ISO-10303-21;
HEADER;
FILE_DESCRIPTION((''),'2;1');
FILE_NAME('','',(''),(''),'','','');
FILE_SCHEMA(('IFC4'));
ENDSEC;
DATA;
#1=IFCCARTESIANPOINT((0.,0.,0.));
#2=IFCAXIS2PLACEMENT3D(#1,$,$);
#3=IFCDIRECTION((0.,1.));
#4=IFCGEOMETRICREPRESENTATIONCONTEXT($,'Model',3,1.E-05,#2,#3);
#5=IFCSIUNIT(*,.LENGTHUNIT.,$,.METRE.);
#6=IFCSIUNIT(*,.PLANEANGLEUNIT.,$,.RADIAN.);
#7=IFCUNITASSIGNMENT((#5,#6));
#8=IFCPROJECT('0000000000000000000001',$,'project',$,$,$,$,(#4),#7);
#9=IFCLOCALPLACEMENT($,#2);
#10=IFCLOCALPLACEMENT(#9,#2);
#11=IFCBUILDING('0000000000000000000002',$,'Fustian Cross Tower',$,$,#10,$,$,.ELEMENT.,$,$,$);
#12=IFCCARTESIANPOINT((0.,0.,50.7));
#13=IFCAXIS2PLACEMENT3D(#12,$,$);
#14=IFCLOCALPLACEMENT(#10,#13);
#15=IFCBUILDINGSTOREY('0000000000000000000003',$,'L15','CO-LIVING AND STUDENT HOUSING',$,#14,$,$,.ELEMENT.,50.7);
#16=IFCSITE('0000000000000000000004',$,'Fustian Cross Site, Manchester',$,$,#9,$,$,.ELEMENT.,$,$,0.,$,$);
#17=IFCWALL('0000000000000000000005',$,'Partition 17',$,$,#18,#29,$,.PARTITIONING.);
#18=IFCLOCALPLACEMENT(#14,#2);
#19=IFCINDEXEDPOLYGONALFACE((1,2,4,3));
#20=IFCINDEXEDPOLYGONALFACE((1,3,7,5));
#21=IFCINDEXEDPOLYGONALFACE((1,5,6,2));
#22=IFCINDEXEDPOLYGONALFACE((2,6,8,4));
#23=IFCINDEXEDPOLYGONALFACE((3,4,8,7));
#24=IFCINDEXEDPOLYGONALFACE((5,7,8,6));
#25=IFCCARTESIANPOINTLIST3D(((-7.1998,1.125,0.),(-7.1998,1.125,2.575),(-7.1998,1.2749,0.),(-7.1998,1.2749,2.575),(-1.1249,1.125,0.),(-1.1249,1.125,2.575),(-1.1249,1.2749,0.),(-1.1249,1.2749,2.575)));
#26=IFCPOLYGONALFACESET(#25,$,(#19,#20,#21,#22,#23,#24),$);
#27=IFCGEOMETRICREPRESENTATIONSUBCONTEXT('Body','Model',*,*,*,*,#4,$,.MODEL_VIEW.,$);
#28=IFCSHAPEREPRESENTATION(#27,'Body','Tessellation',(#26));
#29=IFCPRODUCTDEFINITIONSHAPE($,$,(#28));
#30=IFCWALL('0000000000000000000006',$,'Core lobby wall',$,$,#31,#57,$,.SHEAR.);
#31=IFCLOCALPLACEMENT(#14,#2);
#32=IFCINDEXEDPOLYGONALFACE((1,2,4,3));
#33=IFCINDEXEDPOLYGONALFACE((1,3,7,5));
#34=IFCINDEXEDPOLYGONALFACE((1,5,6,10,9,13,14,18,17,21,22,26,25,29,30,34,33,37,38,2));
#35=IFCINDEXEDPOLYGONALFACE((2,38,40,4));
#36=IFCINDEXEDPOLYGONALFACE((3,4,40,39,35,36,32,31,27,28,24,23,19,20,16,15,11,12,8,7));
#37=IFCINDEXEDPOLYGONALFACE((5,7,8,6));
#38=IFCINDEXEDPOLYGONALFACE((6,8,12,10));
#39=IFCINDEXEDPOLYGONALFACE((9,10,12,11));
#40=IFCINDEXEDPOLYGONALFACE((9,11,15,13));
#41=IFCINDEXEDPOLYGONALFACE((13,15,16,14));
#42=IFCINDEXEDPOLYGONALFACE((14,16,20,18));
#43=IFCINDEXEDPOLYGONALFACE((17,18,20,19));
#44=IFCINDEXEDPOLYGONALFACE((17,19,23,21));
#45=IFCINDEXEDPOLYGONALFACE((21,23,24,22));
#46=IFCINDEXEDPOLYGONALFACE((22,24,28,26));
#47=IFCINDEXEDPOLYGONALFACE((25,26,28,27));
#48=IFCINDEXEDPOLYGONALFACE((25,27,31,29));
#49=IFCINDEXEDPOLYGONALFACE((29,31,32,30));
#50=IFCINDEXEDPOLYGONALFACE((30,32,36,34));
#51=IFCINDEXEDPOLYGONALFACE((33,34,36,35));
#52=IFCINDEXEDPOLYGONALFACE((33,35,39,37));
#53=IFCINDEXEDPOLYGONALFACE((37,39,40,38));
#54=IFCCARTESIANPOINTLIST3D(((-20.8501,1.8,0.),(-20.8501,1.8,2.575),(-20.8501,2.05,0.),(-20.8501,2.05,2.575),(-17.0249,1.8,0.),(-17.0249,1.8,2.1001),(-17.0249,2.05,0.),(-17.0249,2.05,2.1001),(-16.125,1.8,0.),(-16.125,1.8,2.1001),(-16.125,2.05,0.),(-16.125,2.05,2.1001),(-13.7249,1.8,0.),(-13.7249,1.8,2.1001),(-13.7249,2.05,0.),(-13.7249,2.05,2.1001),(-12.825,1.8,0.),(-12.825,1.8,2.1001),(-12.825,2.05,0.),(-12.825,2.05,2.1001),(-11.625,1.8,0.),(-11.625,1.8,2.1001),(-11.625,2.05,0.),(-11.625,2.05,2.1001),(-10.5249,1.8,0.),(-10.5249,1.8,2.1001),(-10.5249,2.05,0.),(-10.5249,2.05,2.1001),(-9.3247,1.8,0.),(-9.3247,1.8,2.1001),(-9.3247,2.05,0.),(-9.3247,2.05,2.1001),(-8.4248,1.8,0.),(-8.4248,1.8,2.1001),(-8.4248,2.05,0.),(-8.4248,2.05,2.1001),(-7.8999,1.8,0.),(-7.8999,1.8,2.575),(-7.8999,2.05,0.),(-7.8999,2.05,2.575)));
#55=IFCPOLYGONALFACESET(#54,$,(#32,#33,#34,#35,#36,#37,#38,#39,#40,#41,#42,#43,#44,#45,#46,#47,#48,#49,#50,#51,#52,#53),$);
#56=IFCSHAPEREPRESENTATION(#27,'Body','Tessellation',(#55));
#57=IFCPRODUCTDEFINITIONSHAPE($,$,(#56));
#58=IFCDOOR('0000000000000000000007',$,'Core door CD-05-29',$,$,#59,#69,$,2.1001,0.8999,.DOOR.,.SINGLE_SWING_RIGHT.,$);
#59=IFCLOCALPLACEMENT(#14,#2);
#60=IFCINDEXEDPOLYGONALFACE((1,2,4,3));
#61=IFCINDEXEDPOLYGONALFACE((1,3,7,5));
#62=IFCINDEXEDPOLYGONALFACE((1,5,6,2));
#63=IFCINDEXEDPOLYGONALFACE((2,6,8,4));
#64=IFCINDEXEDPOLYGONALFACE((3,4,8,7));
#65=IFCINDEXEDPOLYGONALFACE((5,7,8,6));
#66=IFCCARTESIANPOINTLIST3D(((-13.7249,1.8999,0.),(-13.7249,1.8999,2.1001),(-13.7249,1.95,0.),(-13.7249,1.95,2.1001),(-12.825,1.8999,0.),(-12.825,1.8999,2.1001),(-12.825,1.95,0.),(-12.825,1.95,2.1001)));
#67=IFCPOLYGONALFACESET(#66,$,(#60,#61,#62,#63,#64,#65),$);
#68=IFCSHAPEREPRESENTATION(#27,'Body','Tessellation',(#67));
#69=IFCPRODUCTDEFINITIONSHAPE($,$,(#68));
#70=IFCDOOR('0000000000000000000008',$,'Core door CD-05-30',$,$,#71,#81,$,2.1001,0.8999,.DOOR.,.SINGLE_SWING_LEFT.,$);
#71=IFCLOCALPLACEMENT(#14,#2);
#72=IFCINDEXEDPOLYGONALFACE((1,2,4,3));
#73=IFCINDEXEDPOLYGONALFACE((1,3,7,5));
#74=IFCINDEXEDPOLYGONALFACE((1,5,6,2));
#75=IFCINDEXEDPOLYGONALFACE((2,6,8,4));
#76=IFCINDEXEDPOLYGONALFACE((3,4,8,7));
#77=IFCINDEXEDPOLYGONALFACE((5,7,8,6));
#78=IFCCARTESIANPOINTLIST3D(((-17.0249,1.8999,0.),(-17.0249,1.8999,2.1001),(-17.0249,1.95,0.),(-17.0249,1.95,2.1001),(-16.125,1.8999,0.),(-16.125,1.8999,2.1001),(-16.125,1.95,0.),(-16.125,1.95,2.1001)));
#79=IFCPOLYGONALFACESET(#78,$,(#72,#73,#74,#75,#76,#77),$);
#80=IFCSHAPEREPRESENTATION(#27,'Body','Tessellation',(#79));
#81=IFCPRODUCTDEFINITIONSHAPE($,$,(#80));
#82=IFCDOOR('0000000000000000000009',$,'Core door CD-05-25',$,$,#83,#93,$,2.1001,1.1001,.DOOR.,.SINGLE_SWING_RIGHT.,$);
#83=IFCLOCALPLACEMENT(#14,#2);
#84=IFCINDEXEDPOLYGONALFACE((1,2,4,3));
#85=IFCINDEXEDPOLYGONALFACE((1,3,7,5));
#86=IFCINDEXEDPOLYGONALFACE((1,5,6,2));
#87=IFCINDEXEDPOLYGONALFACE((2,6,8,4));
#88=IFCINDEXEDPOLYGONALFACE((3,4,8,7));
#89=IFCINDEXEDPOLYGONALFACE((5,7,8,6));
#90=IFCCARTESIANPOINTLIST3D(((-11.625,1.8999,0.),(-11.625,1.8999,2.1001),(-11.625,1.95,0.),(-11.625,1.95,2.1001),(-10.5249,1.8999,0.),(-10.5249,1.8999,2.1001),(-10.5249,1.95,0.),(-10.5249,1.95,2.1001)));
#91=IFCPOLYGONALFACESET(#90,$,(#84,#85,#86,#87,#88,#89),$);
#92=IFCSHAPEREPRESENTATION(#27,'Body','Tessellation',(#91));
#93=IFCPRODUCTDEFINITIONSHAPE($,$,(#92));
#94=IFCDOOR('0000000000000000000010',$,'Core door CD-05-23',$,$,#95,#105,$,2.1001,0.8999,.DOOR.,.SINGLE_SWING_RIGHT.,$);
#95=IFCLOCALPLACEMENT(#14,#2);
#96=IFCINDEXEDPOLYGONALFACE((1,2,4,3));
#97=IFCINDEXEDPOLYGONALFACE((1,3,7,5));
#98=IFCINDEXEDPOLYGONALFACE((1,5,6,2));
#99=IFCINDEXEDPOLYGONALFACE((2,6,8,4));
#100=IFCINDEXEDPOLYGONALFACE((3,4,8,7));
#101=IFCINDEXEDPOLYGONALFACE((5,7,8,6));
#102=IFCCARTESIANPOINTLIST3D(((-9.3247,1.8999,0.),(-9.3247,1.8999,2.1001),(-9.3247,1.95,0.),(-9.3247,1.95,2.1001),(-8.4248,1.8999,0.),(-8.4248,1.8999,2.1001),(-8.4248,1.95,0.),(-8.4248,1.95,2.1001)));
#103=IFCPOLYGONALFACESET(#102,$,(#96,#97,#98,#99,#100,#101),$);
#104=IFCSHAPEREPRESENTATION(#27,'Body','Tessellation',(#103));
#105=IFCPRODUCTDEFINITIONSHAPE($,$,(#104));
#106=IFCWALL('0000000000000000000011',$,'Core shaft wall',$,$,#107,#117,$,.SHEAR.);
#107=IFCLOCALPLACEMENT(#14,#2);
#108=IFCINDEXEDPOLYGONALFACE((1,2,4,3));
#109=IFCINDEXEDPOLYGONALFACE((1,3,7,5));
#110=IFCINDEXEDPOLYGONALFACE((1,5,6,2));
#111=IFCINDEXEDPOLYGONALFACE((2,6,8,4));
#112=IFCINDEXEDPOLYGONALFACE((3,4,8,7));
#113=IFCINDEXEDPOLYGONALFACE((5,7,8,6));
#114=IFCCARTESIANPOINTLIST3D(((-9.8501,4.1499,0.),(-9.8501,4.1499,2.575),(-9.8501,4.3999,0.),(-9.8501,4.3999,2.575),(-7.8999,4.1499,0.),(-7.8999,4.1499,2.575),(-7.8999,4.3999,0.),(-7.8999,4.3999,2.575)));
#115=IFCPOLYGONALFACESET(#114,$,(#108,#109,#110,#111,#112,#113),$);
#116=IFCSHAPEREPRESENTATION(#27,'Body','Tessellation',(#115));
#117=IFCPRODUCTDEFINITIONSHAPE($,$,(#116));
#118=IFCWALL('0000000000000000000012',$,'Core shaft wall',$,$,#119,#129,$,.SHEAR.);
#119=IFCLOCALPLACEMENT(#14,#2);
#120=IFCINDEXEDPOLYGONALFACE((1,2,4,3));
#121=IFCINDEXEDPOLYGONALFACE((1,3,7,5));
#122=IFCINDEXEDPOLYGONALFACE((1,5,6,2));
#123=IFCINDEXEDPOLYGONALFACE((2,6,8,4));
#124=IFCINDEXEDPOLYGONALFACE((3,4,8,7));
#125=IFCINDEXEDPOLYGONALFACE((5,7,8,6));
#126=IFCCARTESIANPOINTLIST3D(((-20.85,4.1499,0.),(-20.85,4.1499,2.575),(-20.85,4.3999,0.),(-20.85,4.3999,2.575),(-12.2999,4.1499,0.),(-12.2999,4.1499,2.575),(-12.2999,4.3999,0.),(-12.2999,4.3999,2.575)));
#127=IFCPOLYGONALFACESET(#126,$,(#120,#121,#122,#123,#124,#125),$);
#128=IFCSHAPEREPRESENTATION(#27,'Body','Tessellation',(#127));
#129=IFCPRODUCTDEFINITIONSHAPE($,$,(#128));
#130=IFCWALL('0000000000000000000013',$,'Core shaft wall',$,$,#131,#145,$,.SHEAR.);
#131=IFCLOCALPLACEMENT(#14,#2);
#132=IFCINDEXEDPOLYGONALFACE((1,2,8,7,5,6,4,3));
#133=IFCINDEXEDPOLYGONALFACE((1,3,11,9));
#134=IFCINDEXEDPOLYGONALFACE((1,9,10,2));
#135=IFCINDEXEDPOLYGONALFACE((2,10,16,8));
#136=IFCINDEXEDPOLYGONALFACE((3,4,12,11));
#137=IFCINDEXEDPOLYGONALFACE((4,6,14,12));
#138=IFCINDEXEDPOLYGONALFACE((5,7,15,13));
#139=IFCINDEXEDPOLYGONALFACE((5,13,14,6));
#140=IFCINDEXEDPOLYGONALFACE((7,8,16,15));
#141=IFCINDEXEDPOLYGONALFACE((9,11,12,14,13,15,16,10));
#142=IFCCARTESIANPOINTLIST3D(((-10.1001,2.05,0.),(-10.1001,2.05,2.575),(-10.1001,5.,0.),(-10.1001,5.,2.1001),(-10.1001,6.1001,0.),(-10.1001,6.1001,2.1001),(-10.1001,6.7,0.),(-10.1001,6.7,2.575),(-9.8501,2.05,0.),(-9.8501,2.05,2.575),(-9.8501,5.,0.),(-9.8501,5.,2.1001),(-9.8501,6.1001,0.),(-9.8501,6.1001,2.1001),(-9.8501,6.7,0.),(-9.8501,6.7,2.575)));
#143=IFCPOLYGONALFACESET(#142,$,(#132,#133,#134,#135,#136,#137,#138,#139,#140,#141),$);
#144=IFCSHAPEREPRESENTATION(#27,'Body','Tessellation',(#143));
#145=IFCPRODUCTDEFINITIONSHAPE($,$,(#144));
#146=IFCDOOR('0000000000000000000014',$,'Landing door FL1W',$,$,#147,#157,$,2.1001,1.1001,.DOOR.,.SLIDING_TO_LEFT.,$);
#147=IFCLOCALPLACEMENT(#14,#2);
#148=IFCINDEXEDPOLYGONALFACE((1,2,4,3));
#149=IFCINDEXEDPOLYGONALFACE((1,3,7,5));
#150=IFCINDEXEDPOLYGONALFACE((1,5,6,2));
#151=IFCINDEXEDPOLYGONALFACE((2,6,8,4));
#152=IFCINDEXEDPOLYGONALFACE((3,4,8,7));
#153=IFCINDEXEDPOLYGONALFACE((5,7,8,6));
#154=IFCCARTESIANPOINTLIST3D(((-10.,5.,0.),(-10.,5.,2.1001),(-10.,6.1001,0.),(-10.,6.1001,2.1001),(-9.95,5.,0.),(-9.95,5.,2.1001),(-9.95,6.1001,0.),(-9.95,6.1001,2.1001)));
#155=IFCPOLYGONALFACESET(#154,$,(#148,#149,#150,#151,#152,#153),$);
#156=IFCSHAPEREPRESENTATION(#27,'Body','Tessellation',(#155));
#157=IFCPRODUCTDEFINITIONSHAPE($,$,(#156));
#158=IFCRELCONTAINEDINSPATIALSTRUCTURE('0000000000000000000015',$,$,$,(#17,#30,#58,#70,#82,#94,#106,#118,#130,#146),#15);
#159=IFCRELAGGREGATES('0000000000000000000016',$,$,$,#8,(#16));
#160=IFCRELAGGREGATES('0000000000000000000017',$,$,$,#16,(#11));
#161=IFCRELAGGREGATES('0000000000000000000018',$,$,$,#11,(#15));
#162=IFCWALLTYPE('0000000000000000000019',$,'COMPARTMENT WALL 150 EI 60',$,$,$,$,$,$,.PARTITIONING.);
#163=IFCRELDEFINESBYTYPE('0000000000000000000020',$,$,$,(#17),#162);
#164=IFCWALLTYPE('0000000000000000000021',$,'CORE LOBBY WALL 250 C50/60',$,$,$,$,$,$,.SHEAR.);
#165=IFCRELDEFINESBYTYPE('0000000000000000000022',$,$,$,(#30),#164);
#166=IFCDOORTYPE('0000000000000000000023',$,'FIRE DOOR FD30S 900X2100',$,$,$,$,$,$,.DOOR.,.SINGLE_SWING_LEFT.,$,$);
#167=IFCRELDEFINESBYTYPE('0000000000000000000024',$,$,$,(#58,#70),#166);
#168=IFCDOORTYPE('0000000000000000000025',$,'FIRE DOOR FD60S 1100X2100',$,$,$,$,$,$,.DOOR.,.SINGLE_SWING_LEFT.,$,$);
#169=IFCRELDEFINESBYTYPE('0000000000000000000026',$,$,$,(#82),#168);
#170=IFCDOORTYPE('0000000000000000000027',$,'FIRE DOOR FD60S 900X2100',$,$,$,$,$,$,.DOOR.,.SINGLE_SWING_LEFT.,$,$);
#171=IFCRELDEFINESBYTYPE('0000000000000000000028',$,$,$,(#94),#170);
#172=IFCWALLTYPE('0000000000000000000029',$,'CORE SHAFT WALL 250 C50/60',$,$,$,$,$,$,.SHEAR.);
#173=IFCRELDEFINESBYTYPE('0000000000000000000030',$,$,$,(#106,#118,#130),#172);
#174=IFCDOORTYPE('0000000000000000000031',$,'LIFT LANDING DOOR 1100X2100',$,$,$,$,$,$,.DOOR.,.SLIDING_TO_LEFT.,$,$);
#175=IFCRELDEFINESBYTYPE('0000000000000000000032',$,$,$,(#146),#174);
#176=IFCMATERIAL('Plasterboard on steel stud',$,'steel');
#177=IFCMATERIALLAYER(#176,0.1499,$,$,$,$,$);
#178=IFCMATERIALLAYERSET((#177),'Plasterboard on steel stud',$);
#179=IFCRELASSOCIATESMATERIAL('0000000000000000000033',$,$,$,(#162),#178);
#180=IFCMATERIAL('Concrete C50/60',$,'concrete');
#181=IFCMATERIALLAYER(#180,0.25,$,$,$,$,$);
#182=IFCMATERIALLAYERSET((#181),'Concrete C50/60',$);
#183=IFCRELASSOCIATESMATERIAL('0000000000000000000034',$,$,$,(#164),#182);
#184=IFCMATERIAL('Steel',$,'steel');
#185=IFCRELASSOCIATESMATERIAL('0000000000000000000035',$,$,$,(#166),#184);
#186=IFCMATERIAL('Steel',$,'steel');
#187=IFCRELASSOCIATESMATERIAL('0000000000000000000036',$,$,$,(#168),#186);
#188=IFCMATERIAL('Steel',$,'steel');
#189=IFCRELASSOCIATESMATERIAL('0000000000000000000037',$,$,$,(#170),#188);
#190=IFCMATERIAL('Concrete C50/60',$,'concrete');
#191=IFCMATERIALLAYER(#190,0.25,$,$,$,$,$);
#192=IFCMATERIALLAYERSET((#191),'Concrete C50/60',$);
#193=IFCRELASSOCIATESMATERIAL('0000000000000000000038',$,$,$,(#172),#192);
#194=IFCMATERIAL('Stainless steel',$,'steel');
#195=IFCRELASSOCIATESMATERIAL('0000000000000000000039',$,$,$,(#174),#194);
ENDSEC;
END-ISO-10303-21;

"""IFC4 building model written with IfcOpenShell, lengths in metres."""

from ifc_helpers import new_model, si_unit, direction, frame, frame_2d, origin, place, context, subcontext, project, spatial, rectangle, extrude, material, layer, layer_set, type_object, element, fill, save


model = new_model("IFC4")

# Units and contexts
model_context = context("Model", 3, precision=1e-05, world=origin(), true_north=direction((0.0, 1.0)))
body_context = subcontext(model_context, "Body", "Model", "MODEL_VIEW")
ifc_project = project(units=[si_unit("LENGTHUNIT", "METRE"), si_unit("PLANEANGLEUNIT", "RADIAN")], contexts=[model_context])

# Site, building, storey
site_placement = place(None, origin())
site = spatial("IfcSite", under=ifc_project, at=site_placement, Name="Fustian Cross Site, Manchester", CompositionType="ELEMENT", RefElevation=0.0)
building_placement = place(site_placement, origin())
building = spatial("IfcBuilding", under=site, at=building_placement, Name="Fustian Cross Tower", CompositionType="ELEMENT")
storey_placement = place(building_placement, frame((0.0, 0.0, 50.7)))
storey = spatial("IfcBuildingStorey", under=building, at=storey_placement, Name="L15", Description="CO-LIVING AND STUDENT HOUSING", CompositionType="ELEMENT", Elevation=50.7)

# Wall
ifc_material_1 = material(Name="Plasterboard on steel stud", Category="steel")
ifc_layer_1 = layer(ifc_material_1, 0.1499)
ifc_layer_set_1 = layer_set([ifc_layer_1], Name="Plasterboard on steel stud")
wall_type_1 = type_object("IfcWallType", Name="COMPARTMENT WALL 150 EI 60", PredefinedType="PARTITIONING", material=ifc_layer_set_1)
wall_1_placement = place(storey_placement, frame((-7.2, 1.2, 0.0), z_axis=(0.0, 0.0, 1.0), x_axis=(1.0, 0.0, 0.0)))
element("IfcWall", 1, at=wall_1_placement, inside=storey, type_object=wall_type_1, Name="Partition 17", PredefinedType="PARTITIONING", context=body_context, shape_type="SweptSolid", body=[
    extrude(rectangle(XDim=6.075, YDim=0.1499, at=frame_2d((3.0376, 0.0))), origin(), (0.0, 0.0, 1.0), 2.575),
])

# Wall, openings, doors
ifc_material_2 = material(Name="Concrete C50/60", Category="concrete")
ifc_layer_2 = layer(ifc_material_2, 0.25)
ifc_layer_set_2 = layer_set([ifc_layer_2], Name="Concrete C50/60")
wall_type_2 = type_object("IfcWallType", Name="CORE LOBBY WALL 250 C50/60", PredefinedType="SHEAR", material=ifc_layer_set_2)
wall_2_placement = place(storey_placement, frame((-7.8999, 1.925, 0.0), z_axis=(0.0, 0.0, 1.0), x_axis=(-1.0, 0.0, 0.0)))
wall_2 = element("IfcWall", 2, at=wall_2_placement, inside=storey, type_object=wall_type_2, Name="Core lobby wall", PredefinedType="SHEAR", context=body_context, shape_type="SweptSolid", body=[
    extrude(rectangle(XDim=12.9502, YDim=0.25, at=frame_2d((6.4751, 0.0))), origin(), (0.0, 0.0, 1.0), 2.575),
])
opening_1_placement = place(wall_2_placement, frame((0.5249, 0.0, 0.0)))
opening_1 = element("IfcOpeningElement", 3, at=opening_1_placement, cuts=wall_2, PredefinedType="OPENING", context=body_context, shape_type="SweptSolid", body=[
    extrude(rectangle(XDim=0.8999, YDim=2.1001, at=frame_2d((0.45, 1.05))), frame((0.0, 0.135, 0.0), z_axis=(0.0, -1.0, 0.0), x_axis=(1.0, 0.0, 0.0)), (0.0, 0.0, 1.0), 0.27),
])
opening_2_placement = place(wall_2_placement, frame((2.625, 0.0, 0.0)))
opening_2 = element("IfcOpeningElement", 4, at=opening_2_placement, cuts=wall_2, PredefinedType="OPENING", context=body_context, shape_type="SweptSolid", body=[
    extrude(rectangle(XDim=1.1001, YDim=2.1001, at=frame_2d((0.55, 1.05))), frame((0.0, 0.135, 0.0), z_axis=(0.0, -1.0, 0.0), x_axis=(1.0, 0.0, 0.0)), (0.0, 0.0, 1.0), 0.27),
])
opening_3_placement = place(wall_2_placement, frame((4.925, 0.0, 0.0)))
opening_3 = element("IfcOpeningElement", 5, at=opening_3_placement, cuts=wall_2, PredefinedType="OPENING", context=body_context, shape_type="SweptSolid", body=[
    extrude(rectangle(XDim=0.8999, YDim=2.1001, at=frame_2d((0.45, 1.05))), frame((0.0, 0.135, 0.0), z_axis=(0.0, -1.0, 0.0), x_axis=(1.0, 0.0, 0.0)), (0.0, 0.0, 1.0), 0.27),
])
opening_4_placement = place(wall_2_placement, frame((8.2251, 0.0, 0.0)))
opening_4 = element("IfcOpeningElement", 6, at=opening_4_placement, cuts=wall_2, PredefinedType="OPENING", context=body_context, shape_type="SweptSolid", body=[
    extrude(rectangle(XDim=0.8999, YDim=2.1001, at=frame_2d((0.45, 1.05))), frame((0.0, 0.135, 0.0), z_axis=(0.0, -1.0, 0.0), x_axis=(1.0, 0.0, 0.0)), (0.0, 0.0, 1.0), 0.27),
])
ifc_material_3 = material(Name="Steel", Category="steel")
door_type_1 = type_object("IfcDoorType", Name="FIRE DOOR FD30S 900X2100", OperationType="SINGLE_SWING_LEFT", PredefinedType="DOOR", material=ifc_material_3)
door_1_placement = place(opening_3_placement, frame((0.8999, 0.0, 0.0), z_axis=(0.0, 0.0, 1.0), x_axis=(-1.0, 0.0, 0.0)))
door_1 = element("IfcDoor", 7, at=door_1_placement, inside=storey, type_object=door_type_1, Name="Core door CD-05-29", OperationType="SINGLE_SWING_RIGHT", OverallHeight=2.1001, OverallWidth=0.8999, PredefinedType="DOOR", context=body_context, shape_type="SweptSolid", body=[
    extrude(rectangle(XDim=0.8999, YDim=2.1001, at=frame_2d((0.45, 1.05))), frame((0.0, 0.0249, 0.0), z_axis=(0.0, -1.0, 0.0), x_axis=(1.0, 0.0, 0.0)), (0.0, 0.0, 1.0), 0.05),
])
fill(opening_3, door_1)
door_2_placement = place(opening_4_placement, frame((0.8999, 0.0, 0.0), z_axis=(0.0, 0.0, 1.0), x_axis=(-1.0, 0.0, 0.0)))
door_2 = element("IfcDoor", 8, at=door_2_placement, inside=storey, type_object=door_type_1, Name="Core door CD-05-30", OperationType="SINGLE_SWING_LEFT", OverallHeight=2.1001, OverallWidth=0.8999, PredefinedType="DOOR", context=body_context, shape_type="SweptSolid", body=[
    extrude(rectangle(XDim=0.8999, YDim=2.1001, at=frame_2d((0.45, 1.05))), frame((0.0, 0.0249, 0.0), z_axis=(0.0, -1.0, 0.0), x_axis=(1.0, 0.0, 0.0)), (0.0, 0.0, 1.0), 0.05),
])
fill(opening_4, door_2)
ifc_material_4 = material(Name="Steel", Category="steel")
door_type_2 = type_object("IfcDoorType", Name="FIRE DOOR FD60S 1100X2100", OperationType="SINGLE_SWING_LEFT", PredefinedType="DOOR", material=ifc_material_4)
door_3_placement = place(opening_2_placement, frame((1.1001, 0.0, 0.0), z_axis=(0.0, 0.0, 1.0), x_axis=(-1.0, 0.0, 0.0)))
door_3 = element("IfcDoor", 9, at=door_3_placement, inside=storey, type_object=door_type_2, Name="Core door CD-05-25", OperationType="SINGLE_SWING_RIGHT", OverallHeight=2.1001, OverallWidth=1.1001, PredefinedType="DOOR", context=body_context, shape_type="SweptSolid", body=[
    extrude(rectangle(XDim=1.1001, YDim=2.1001, at=frame_2d((0.55, 1.05))), frame((0.0, 0.0249, 0.0), z_axis=(0.0, -1.0, 0.0), x_axis=(1.0, 0.0, 0.0)), (0.0, 0.0, 1.0), 0.05),
])
fill(opening_2, door_3)
ifc_material_5 = material(Name="Steel", Category="steel")
door_type_3 = type_object("IfcDoorType", Name="FIRE DOOR FD60S 900X2100", OperationType="SINGLE_SWING_LEFT", PredefinedType="DOOR", material=ifc_material_5)
door_4_placement = place(opening_1_placement, frame((0.8999, 0.0, 0.0), z_axis=(0.0, 0.0, 1.0), x_axis=(-1.0, 0.0, 0.0)))
door_4 = element("IfcDoor", 10, at=door_4_placement, inside=storey, type_object=door_type_3, Name="Core door CD-05-23", OperationType="SINGLE_SWING_RIGHT", OverallHeight=2.1001, OverallWidth=0.8999, PredefinedType="DOOR", context=body_context, shape_type="SweptSolid", body=[
    extrude(rectangle(XDim=0.8999, YDim=2.1001, at=frame_2d((0.45, 1.05))), frame((0.0, 0.0249, 0.0), z_axis=(0.0, -1.0, 0.0), x_axis=(1.0, 0.0, 0.0)), (0.0, 0.0, 1.0), 0.05),
])
fill(opening_1, door_4)

# Walls
ifc_material_6 = material(Name="Concrete C50/60", Category="concrete")
ifc_layer_3 = layer(ifc_material_6, 0.25)
ifc_layer_set_3 = layer_set([ifc_layer_3], Name="Concrete C50/60")
wall_type_3 = type_object("IfcWallType", Name="CORE SHAFT WALL 250 C50/60", PredefinedType="SHEAR", material=ifc_layer_set_3)
wall_3_placement = place(storey_placement, frame((-7.8999, 4.2749, 0.0), z_axis=(0.0, 0.0, 1.0), x_axis=(-1.0, 0.0, 0.0)))
element("IfcWall", 11, at=wall_3_placement, inside=storey, type_object=wall_type_3, Name="Core shaft wall", PredefinedType="SHEAR", context=body_context, shape_type="SweptSolid", body=[
    extrude(rectangle(XDim=1.9502, YDim=0.25, at=frame_2d((0.9751, 0.0))), origin(), (0.0, 0.0, 1.0), 2.575),
])
wall_4_placement = place(storey_placement, frame((-12.3, 4.2749, 0.0), z_axis=(0.0, 0.0, 1.0), x_axis=(-1.0, 0.0, 0.0)))
element("IfcWall", 12, at=wall_4_placement, inside=storey, type_object=wall_type_3, Name="Core shaft wall", PredefinedType="SHEAR", context=body_context, shape_type="SweptSolid", body=[
    extrude(rectangle(XDim=8.55, YDim=0.25, at=frame_2d((4.2749, 0.0))), origin(), (0.0, 0.0, 1.0), 2.575),
])

# Wall, opening, door
wall_5_placement = place(storey_placement, frame((-9.9751, 2.05, 0.0), z_axis=(0.0, 0.0, 1.0), x_axis=(0.0, 1.0, 0.0)))
wall_5 = element("IfcWall", 13, at=wall_5_placement, inside=storey, type_object=wall_type_3, Name="Core shaft wall", PredefinedType="SHEAR", context=body_context, shape_type="SweptSolid", body=[
    extrude(rectangle(XDim=4.6499, YDim=0.25, at=frame_2d((2.325, 0.0))), origin(), (0.0, 0.0, 1.0), 2.575),
])
opening_5_placement = place(wall_5_placement, frame((2.95, 0.0, 0.0)))
opening_5 = element("IfcOpeningElement", 14, at=opening_5_placement, cuts=wall_5, PredefinedType="OPENING", context=body_context, shape_type="SweptSolid", body=[
    extrude(rectangle(XDim=1.1001, YDim=2.1001, at=frame_2d((0.55, 1.05))), frame((0.0, 0.135, 0.0), z_axis=(0.0, -1.0, 0.0), x_axis=(1.0, 0.0, 0.0)), (0.0, 0.0, 1.0), 0.27),
])
ifc_material_7 = material(Name="Stainless steel", Category="steel")
door_type_4 = type_object("IfcDoorType", Name="LIFT LANDING DOOR 1100X2100", OperationType="SLIDING_TO_LEFT", PredefinedType="DOOR", material=ifc_material_7)
door_5_placement = place(opening_5_placement, origin())
door_5 = element("IfcDoor", 15, at=door_5_placement, inside=storey, type_object=door_type_4, Name="Landing door FL1W", OperationType="SLIDING_TO_LEFT", OverallHeight=2.1001, OverallWidth=1.1001, PredefinedType="DOOR", context=body_context, shape_type="SweptSolid", body=[
    extrude(rectangle(XDim=1.1001, YDim=2.1001, at=frame_2d((0.55, 1.05))), frame((0.0, 0.0249, 0.0), z_axis=(0.0, -1.0, 0.0), x_axis=(1.0, 0.0, 0.0)), (0.0, 0.0, 1.0), 0.05),
])
fill(opening_5, door_5)

save(model, "model.ifc")
